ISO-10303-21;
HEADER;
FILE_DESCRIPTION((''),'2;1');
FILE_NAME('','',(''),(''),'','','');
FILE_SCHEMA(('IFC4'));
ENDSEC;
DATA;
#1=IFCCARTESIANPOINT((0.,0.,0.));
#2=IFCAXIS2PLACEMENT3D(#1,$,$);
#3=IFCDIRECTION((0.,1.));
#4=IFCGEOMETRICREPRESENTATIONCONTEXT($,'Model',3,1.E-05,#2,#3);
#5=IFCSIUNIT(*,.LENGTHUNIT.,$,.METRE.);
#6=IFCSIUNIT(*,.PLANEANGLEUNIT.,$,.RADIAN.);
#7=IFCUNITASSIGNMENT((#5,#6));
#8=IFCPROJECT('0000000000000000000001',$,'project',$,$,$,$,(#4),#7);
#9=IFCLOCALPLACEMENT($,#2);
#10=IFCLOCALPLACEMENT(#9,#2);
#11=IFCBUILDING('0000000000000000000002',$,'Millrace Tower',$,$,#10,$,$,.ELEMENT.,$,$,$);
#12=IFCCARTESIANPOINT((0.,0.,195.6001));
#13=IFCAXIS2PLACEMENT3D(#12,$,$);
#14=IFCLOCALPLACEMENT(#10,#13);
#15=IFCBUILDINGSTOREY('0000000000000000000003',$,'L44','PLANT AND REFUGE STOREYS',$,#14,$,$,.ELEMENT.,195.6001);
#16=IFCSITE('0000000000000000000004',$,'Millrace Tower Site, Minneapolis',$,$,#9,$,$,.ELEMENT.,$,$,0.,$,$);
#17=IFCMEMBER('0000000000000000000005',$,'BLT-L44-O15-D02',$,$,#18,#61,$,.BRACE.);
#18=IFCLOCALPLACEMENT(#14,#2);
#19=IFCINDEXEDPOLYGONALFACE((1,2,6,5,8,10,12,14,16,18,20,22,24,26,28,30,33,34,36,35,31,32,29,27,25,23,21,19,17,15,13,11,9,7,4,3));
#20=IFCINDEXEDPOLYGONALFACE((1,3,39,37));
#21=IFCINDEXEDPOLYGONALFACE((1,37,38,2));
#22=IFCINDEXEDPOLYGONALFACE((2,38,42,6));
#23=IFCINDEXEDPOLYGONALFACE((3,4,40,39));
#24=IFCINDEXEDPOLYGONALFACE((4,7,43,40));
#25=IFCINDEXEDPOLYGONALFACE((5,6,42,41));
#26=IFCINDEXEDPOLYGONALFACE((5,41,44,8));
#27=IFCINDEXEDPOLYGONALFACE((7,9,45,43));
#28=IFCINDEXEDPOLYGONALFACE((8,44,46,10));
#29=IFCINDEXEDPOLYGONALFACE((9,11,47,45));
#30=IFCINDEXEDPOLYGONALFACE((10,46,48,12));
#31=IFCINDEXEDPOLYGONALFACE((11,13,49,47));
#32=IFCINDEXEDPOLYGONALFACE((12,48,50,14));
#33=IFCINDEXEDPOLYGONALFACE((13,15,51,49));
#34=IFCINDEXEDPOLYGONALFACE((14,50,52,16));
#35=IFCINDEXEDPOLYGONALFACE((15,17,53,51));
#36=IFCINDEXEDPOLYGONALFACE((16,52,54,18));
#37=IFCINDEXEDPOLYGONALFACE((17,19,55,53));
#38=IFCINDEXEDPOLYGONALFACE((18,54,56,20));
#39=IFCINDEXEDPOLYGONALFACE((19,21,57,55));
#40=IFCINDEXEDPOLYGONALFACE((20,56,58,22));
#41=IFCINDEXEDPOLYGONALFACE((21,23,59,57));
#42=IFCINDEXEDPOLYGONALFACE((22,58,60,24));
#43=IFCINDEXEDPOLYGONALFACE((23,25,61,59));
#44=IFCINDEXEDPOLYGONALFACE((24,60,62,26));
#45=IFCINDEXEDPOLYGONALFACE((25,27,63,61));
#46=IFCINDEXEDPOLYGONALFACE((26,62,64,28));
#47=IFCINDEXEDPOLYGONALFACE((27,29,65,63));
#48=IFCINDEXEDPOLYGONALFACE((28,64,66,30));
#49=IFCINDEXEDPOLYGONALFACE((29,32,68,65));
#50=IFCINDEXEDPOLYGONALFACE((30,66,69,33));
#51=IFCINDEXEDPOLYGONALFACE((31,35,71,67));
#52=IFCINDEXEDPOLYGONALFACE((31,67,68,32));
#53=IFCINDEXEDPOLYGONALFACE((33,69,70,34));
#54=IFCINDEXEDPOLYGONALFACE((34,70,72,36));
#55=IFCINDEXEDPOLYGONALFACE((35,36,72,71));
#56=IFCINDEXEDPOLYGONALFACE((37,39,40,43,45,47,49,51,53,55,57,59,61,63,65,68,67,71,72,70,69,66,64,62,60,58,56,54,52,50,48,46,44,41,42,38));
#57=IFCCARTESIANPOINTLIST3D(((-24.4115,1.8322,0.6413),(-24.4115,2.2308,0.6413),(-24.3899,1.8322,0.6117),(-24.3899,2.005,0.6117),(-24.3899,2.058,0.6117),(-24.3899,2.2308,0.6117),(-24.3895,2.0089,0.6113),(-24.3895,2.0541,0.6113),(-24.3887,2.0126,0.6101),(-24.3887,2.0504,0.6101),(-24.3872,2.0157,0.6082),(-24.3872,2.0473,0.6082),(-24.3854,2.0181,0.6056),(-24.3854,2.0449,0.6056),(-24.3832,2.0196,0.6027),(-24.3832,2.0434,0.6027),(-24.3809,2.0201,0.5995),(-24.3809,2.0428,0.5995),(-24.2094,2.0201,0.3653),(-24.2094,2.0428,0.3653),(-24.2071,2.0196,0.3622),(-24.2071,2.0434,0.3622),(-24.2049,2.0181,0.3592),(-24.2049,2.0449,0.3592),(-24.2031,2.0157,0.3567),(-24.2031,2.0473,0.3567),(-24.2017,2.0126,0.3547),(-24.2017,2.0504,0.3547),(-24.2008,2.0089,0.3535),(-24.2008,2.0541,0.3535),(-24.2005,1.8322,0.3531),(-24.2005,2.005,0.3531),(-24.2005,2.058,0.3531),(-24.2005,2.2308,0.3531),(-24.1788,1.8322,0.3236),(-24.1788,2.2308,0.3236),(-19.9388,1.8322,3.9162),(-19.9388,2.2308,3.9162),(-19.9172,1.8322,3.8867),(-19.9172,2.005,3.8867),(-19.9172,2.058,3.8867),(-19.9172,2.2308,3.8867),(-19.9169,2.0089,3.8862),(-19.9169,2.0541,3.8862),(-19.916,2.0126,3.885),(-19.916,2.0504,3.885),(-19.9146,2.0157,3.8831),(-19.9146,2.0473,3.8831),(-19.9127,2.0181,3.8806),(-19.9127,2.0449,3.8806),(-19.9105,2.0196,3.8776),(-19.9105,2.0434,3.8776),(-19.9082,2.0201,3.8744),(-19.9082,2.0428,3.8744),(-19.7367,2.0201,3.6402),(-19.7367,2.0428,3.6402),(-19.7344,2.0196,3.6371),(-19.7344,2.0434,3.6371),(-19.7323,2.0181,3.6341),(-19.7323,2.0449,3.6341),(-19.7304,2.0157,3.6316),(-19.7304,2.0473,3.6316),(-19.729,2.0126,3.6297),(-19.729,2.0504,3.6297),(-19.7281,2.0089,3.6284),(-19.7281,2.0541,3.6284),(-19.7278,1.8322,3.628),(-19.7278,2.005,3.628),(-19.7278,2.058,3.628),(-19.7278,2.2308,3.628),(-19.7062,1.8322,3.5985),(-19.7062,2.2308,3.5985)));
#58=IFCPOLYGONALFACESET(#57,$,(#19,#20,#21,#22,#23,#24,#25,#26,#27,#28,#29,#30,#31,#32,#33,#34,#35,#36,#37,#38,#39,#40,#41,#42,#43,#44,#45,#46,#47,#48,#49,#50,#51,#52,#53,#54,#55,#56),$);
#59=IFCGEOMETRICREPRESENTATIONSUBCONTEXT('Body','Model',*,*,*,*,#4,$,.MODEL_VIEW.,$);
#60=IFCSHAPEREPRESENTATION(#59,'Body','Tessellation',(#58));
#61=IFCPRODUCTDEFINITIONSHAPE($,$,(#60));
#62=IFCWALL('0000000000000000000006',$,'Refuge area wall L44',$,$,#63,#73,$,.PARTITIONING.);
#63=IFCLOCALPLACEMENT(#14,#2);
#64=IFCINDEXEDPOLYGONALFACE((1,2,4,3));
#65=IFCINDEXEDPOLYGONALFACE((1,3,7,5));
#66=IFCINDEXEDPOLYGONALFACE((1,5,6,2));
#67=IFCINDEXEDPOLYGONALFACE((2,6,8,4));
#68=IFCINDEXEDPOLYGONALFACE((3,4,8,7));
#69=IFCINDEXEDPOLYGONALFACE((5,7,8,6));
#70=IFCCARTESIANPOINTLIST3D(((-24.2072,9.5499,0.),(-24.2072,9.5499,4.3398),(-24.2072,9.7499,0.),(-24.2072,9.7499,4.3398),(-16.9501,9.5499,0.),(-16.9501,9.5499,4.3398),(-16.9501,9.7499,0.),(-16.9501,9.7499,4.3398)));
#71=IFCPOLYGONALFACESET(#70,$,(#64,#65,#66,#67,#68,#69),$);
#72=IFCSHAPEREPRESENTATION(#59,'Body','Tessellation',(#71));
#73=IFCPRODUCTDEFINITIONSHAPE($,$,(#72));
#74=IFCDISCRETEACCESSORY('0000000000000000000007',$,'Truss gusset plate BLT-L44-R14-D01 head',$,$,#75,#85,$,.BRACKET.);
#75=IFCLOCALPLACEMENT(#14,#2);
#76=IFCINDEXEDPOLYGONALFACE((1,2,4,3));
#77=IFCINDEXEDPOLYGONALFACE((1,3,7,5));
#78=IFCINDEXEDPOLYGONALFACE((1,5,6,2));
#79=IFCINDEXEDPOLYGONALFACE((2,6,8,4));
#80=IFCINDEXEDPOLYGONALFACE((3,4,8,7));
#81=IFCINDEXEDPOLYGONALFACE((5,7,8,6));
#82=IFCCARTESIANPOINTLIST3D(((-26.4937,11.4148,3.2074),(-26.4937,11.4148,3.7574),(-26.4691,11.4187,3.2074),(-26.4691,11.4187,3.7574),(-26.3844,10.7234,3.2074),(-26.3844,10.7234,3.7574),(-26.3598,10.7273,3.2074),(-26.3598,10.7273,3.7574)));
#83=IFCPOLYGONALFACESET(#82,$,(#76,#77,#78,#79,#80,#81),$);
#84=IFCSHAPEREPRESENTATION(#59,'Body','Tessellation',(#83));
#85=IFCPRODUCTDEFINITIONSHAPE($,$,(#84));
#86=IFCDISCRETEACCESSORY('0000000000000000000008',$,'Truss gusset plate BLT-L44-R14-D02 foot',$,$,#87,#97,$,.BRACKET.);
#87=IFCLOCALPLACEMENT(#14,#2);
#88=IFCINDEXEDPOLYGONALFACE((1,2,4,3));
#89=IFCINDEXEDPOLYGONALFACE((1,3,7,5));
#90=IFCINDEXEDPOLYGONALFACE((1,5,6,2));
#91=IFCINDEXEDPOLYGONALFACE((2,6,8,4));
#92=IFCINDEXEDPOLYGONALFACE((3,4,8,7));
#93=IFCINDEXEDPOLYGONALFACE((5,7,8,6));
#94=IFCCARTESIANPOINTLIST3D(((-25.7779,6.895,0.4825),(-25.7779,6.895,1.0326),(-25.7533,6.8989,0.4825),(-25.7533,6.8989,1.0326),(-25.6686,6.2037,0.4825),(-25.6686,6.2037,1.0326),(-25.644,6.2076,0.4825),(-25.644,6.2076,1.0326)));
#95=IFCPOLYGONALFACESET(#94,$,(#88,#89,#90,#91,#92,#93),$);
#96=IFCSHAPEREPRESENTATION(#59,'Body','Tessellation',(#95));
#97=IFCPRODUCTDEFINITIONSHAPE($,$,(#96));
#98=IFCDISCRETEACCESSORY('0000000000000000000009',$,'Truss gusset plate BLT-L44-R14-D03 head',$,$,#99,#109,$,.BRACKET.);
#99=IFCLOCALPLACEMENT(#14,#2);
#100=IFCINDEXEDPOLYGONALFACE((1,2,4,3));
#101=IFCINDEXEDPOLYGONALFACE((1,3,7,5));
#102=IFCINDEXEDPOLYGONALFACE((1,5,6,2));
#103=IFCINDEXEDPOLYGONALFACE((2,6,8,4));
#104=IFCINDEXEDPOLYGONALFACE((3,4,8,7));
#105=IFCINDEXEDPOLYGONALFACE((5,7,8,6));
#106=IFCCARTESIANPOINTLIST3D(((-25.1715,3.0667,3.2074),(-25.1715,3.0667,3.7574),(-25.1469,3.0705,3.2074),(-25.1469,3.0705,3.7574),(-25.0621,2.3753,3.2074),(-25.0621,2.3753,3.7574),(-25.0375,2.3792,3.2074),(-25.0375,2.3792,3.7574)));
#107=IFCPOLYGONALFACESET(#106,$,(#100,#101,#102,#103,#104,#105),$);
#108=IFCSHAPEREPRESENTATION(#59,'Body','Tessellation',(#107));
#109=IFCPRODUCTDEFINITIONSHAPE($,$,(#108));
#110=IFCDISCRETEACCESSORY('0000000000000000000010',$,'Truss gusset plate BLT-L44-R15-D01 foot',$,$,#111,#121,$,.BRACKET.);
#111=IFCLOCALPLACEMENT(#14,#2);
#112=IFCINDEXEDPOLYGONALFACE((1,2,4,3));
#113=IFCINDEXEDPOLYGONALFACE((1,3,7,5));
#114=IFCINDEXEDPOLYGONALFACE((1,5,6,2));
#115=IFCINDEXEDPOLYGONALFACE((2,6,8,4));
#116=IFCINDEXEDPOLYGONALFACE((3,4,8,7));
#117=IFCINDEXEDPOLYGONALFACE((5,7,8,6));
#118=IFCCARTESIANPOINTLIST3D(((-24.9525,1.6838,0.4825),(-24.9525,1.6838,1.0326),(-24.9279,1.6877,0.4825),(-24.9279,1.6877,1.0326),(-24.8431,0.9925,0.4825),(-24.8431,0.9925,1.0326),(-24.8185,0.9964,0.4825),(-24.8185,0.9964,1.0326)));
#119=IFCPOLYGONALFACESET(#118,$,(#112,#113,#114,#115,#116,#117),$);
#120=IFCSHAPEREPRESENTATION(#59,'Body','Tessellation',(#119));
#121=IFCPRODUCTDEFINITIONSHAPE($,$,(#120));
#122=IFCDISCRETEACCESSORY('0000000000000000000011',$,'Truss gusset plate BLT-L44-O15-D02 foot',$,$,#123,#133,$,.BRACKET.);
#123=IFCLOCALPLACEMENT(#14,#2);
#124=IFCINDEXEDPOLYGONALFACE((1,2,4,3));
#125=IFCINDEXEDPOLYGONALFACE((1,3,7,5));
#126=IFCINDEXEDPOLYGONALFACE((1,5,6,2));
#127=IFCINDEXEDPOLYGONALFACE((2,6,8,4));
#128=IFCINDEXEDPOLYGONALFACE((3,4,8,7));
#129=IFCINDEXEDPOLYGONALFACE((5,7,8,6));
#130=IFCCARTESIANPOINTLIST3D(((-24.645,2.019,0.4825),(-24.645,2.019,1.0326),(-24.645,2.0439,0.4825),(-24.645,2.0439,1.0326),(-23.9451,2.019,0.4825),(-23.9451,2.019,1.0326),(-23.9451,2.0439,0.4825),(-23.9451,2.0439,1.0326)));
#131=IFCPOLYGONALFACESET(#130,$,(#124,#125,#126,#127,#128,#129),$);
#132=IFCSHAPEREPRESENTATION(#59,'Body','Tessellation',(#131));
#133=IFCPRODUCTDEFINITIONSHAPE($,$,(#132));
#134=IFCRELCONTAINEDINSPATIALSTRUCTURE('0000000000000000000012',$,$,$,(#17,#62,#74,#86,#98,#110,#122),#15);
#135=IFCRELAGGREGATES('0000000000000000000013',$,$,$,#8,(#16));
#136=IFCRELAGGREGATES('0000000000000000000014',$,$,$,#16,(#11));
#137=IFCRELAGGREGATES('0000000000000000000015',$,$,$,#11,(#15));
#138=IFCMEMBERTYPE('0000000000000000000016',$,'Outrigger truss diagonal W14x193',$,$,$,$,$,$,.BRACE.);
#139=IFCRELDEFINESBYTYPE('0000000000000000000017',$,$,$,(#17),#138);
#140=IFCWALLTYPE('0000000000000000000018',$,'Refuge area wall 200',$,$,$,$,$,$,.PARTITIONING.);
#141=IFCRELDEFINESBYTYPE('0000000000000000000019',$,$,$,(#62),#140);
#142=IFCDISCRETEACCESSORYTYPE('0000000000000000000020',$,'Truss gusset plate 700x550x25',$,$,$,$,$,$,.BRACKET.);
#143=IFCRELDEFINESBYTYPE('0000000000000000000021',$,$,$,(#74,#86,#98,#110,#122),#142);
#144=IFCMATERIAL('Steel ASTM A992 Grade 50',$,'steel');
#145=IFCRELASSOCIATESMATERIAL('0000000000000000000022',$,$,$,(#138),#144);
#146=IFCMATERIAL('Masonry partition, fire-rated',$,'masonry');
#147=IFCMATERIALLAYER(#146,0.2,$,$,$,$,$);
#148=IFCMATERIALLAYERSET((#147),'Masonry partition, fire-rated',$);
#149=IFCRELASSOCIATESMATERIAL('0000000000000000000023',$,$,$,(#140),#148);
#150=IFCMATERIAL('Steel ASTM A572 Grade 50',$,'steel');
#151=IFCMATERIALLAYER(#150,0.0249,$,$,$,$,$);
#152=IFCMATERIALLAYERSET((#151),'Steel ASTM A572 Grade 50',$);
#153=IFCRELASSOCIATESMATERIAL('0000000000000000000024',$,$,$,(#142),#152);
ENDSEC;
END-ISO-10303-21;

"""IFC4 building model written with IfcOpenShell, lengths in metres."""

from ifc_helpers import new_model, si_unit, direction, frame, frame_2d, origin, origin_2d, place, context, subcontext, project, spatial, rectangle, i_section, extrude, material, layer, layer_set, material_profile, profile_set, type_object, element, save


model = new_model("IFC4")

# Units and contexts
model_context = context("Model", 3, precision=1e-05, world=origin(), true_north=direction((0.0, 1.0)))
body_context = subcontext(model_context, "Body", "Model", "MODEL_VIEW")
ifc_project = project(units=[si_unit("LENGTHUNIT", "METRE"), si_unit("PLANEANGLEUNIT", "RADIAN")], contexts=[model_context])

# Site, building, storey
site_placement = place(None, origin())
site = spatial("IfcSite", under=ifc_project, at=site_placement, Name="Millrace Tower Site, Minneapolis", CompositionType="ELEMENT", RefElevation=0.0)
building_placement = place(site_placement, origin())
building = spatial("IfcBuilding", under=site, at=building_placement, Name="Millrace Tower", CompositionType="ELEMENT")
storey_placement = place(building_placement, frame((0.0, 0.0, 195.6001)))
storey = spatial("IfcBuildingStorey", under=building, at=storey_placement, Name="L44", Description="PLANT AND REFUGE STOREYS", CompositionType="ELEMENT", Elevation=195.6001)

# Member
ifc_material_1 = material(Name="Steel ASTM A992 Grade 50", Category="steel")
ifc_material_profile_1 = material_profile(ifc_material_1, i_section(OverallWidth=0.3987, OverallDepth=0.3938, WebThickness=0.0227, FlangeThickness=0.0366, FilletRadius=0.0151, at=origin_2d()))
ifc_profile_set_1 = profile_set([ifc_material_profile_1], Name="Steel ASTM A992 Grade 50")
member_type_1 = type_object("IfcMemberType", Name="Outrigger truss diagonal W14x193", PredefinedType="BRACE", material=ifc_profile_set_1)
member_1_placement = place(storey_placement, frame((-24.2952, 2.0315, 0.4824), z_axis=(0.806839, 0.0, 0.590772), x_axis=(0.0, 1.0, 0.0)))
element("IfcMember", 1, at=member_1_placement, inside=storey, type_object=member_type_1, Name="BLT-L44-O15-D02", PredefinedType="BRACE", context=body_context, shape_type="SweptSolid", body=[
    extrude(i_section(OverallWidth=0.3987, OverallDepth=0.3938, WebThickness=0.0227, FlangeThickness=0.0366, FilletRadius=0.0151, at=origin_2d()), origin(), (0.0, 0.0, 1.0), 5.5435),
])

# Wall
ifc_material_2 = material(Name="Masonry partition, fire-rated", Category="masonry")
ifc_layer_1 = layer(ifc_material_2, 0.2)
ifc_layer_set_1 = layer_set([ifc_layer_1], Name="Masonry partition, fire-rated")
wall_type = type_object("IfcWallType", Name="Refuge area wall 200", PredefinedType="PARTITIONING", material=ifc_layer_set_1)
wall_placement = place(storey_placement, frame((-24.207, 9.6499, 0.0), z_axis=(0.0, 0.0, 1.0), x_axis=(1.0, 0.0, 0.0)))
element("IfcWall", 2, at=wall_placement, inside=storey, type_object=wall_type, Name="Refuge area wall L44", PredefinedType="PARTITIONING", context=body_context, shape_type="SweptSolid", body=[
    extrude(rectangle(XDim=7.2571, YDim=0.2, at=frame_2d((3.6284, 0.0))), origin(), (0.0, 0.0, 1.0), 4.3398),
])

# Discrete accessories
ifc_material_3 = material(Name="Steel ASTM A572 Grade 50", Category="steel")
ifc_layer_2 = layer(ifc_material_3, 0.0249)
ifc_layer_set_2 = layer_set([ifc_layer_2], Name="Steel ASTM A572 Grade 50")
discrete_accessory_type = type_object("IfcDiscreteAccessoryType", Name="Truss gusset plate 700x550x25", PredefinedType="BRACKET", material=ifc_layer_set_2)
for number, where, z_axis, x_axis, name in (
    (3, (-26.4814, 11.4167, 3.4824), (0.156249, -0.987718, 0.0), (0.987718, 0.156249, 0.0), "Truss gusset plate BLT-L44-R14-D01 head"),
    (4, (-25.7656, 6.897, 0.7576), (0.156249, -0.987718, 0.0), (0.987718, 0.156249, 0.0), "Truss gusset plate BLT-L44-R14-D02 foot"),
    (5, (-25.1592, 3.0686, 3.4824), (0.156249, -0.987718, 0.0), (0.987718, 0.156249, 0.0), "Truss gusset plate BLT-L44-R14-D03 head"),
    (6, (-24.9402, 1.6858, 0.7576), (0.156249, -0.987718, 0.0), (0.987718, 0.156249, 0.0), "Truss gusset plate BLT-L44-R15-D01 foot"),
    (7, (-24.645, 2.0315, 0.7576), (1.0, 0.0, 0.0), (0.0, 1.0, 0.0), "Truss gusset plate BLT-L44-O15-D02 foot"),
):
    element("IfcDiscreteAccessory", number, at=place(storey_placement, frame(where, z_axis=z_axis, x_axis=x_axis)), inside=storey, type_object=discrete_accessory_type, Name=name, PredefinedType="BRACKET", context=body_context, shape_type="SweptSolid", body=[
        extrude(rectangle(XDim=0.0249, YDim=0.55, at=origin_2d()), origin(), (0.0, 0.0, 1.0), 0.7),
    ])

save(model, "model.ifc")
